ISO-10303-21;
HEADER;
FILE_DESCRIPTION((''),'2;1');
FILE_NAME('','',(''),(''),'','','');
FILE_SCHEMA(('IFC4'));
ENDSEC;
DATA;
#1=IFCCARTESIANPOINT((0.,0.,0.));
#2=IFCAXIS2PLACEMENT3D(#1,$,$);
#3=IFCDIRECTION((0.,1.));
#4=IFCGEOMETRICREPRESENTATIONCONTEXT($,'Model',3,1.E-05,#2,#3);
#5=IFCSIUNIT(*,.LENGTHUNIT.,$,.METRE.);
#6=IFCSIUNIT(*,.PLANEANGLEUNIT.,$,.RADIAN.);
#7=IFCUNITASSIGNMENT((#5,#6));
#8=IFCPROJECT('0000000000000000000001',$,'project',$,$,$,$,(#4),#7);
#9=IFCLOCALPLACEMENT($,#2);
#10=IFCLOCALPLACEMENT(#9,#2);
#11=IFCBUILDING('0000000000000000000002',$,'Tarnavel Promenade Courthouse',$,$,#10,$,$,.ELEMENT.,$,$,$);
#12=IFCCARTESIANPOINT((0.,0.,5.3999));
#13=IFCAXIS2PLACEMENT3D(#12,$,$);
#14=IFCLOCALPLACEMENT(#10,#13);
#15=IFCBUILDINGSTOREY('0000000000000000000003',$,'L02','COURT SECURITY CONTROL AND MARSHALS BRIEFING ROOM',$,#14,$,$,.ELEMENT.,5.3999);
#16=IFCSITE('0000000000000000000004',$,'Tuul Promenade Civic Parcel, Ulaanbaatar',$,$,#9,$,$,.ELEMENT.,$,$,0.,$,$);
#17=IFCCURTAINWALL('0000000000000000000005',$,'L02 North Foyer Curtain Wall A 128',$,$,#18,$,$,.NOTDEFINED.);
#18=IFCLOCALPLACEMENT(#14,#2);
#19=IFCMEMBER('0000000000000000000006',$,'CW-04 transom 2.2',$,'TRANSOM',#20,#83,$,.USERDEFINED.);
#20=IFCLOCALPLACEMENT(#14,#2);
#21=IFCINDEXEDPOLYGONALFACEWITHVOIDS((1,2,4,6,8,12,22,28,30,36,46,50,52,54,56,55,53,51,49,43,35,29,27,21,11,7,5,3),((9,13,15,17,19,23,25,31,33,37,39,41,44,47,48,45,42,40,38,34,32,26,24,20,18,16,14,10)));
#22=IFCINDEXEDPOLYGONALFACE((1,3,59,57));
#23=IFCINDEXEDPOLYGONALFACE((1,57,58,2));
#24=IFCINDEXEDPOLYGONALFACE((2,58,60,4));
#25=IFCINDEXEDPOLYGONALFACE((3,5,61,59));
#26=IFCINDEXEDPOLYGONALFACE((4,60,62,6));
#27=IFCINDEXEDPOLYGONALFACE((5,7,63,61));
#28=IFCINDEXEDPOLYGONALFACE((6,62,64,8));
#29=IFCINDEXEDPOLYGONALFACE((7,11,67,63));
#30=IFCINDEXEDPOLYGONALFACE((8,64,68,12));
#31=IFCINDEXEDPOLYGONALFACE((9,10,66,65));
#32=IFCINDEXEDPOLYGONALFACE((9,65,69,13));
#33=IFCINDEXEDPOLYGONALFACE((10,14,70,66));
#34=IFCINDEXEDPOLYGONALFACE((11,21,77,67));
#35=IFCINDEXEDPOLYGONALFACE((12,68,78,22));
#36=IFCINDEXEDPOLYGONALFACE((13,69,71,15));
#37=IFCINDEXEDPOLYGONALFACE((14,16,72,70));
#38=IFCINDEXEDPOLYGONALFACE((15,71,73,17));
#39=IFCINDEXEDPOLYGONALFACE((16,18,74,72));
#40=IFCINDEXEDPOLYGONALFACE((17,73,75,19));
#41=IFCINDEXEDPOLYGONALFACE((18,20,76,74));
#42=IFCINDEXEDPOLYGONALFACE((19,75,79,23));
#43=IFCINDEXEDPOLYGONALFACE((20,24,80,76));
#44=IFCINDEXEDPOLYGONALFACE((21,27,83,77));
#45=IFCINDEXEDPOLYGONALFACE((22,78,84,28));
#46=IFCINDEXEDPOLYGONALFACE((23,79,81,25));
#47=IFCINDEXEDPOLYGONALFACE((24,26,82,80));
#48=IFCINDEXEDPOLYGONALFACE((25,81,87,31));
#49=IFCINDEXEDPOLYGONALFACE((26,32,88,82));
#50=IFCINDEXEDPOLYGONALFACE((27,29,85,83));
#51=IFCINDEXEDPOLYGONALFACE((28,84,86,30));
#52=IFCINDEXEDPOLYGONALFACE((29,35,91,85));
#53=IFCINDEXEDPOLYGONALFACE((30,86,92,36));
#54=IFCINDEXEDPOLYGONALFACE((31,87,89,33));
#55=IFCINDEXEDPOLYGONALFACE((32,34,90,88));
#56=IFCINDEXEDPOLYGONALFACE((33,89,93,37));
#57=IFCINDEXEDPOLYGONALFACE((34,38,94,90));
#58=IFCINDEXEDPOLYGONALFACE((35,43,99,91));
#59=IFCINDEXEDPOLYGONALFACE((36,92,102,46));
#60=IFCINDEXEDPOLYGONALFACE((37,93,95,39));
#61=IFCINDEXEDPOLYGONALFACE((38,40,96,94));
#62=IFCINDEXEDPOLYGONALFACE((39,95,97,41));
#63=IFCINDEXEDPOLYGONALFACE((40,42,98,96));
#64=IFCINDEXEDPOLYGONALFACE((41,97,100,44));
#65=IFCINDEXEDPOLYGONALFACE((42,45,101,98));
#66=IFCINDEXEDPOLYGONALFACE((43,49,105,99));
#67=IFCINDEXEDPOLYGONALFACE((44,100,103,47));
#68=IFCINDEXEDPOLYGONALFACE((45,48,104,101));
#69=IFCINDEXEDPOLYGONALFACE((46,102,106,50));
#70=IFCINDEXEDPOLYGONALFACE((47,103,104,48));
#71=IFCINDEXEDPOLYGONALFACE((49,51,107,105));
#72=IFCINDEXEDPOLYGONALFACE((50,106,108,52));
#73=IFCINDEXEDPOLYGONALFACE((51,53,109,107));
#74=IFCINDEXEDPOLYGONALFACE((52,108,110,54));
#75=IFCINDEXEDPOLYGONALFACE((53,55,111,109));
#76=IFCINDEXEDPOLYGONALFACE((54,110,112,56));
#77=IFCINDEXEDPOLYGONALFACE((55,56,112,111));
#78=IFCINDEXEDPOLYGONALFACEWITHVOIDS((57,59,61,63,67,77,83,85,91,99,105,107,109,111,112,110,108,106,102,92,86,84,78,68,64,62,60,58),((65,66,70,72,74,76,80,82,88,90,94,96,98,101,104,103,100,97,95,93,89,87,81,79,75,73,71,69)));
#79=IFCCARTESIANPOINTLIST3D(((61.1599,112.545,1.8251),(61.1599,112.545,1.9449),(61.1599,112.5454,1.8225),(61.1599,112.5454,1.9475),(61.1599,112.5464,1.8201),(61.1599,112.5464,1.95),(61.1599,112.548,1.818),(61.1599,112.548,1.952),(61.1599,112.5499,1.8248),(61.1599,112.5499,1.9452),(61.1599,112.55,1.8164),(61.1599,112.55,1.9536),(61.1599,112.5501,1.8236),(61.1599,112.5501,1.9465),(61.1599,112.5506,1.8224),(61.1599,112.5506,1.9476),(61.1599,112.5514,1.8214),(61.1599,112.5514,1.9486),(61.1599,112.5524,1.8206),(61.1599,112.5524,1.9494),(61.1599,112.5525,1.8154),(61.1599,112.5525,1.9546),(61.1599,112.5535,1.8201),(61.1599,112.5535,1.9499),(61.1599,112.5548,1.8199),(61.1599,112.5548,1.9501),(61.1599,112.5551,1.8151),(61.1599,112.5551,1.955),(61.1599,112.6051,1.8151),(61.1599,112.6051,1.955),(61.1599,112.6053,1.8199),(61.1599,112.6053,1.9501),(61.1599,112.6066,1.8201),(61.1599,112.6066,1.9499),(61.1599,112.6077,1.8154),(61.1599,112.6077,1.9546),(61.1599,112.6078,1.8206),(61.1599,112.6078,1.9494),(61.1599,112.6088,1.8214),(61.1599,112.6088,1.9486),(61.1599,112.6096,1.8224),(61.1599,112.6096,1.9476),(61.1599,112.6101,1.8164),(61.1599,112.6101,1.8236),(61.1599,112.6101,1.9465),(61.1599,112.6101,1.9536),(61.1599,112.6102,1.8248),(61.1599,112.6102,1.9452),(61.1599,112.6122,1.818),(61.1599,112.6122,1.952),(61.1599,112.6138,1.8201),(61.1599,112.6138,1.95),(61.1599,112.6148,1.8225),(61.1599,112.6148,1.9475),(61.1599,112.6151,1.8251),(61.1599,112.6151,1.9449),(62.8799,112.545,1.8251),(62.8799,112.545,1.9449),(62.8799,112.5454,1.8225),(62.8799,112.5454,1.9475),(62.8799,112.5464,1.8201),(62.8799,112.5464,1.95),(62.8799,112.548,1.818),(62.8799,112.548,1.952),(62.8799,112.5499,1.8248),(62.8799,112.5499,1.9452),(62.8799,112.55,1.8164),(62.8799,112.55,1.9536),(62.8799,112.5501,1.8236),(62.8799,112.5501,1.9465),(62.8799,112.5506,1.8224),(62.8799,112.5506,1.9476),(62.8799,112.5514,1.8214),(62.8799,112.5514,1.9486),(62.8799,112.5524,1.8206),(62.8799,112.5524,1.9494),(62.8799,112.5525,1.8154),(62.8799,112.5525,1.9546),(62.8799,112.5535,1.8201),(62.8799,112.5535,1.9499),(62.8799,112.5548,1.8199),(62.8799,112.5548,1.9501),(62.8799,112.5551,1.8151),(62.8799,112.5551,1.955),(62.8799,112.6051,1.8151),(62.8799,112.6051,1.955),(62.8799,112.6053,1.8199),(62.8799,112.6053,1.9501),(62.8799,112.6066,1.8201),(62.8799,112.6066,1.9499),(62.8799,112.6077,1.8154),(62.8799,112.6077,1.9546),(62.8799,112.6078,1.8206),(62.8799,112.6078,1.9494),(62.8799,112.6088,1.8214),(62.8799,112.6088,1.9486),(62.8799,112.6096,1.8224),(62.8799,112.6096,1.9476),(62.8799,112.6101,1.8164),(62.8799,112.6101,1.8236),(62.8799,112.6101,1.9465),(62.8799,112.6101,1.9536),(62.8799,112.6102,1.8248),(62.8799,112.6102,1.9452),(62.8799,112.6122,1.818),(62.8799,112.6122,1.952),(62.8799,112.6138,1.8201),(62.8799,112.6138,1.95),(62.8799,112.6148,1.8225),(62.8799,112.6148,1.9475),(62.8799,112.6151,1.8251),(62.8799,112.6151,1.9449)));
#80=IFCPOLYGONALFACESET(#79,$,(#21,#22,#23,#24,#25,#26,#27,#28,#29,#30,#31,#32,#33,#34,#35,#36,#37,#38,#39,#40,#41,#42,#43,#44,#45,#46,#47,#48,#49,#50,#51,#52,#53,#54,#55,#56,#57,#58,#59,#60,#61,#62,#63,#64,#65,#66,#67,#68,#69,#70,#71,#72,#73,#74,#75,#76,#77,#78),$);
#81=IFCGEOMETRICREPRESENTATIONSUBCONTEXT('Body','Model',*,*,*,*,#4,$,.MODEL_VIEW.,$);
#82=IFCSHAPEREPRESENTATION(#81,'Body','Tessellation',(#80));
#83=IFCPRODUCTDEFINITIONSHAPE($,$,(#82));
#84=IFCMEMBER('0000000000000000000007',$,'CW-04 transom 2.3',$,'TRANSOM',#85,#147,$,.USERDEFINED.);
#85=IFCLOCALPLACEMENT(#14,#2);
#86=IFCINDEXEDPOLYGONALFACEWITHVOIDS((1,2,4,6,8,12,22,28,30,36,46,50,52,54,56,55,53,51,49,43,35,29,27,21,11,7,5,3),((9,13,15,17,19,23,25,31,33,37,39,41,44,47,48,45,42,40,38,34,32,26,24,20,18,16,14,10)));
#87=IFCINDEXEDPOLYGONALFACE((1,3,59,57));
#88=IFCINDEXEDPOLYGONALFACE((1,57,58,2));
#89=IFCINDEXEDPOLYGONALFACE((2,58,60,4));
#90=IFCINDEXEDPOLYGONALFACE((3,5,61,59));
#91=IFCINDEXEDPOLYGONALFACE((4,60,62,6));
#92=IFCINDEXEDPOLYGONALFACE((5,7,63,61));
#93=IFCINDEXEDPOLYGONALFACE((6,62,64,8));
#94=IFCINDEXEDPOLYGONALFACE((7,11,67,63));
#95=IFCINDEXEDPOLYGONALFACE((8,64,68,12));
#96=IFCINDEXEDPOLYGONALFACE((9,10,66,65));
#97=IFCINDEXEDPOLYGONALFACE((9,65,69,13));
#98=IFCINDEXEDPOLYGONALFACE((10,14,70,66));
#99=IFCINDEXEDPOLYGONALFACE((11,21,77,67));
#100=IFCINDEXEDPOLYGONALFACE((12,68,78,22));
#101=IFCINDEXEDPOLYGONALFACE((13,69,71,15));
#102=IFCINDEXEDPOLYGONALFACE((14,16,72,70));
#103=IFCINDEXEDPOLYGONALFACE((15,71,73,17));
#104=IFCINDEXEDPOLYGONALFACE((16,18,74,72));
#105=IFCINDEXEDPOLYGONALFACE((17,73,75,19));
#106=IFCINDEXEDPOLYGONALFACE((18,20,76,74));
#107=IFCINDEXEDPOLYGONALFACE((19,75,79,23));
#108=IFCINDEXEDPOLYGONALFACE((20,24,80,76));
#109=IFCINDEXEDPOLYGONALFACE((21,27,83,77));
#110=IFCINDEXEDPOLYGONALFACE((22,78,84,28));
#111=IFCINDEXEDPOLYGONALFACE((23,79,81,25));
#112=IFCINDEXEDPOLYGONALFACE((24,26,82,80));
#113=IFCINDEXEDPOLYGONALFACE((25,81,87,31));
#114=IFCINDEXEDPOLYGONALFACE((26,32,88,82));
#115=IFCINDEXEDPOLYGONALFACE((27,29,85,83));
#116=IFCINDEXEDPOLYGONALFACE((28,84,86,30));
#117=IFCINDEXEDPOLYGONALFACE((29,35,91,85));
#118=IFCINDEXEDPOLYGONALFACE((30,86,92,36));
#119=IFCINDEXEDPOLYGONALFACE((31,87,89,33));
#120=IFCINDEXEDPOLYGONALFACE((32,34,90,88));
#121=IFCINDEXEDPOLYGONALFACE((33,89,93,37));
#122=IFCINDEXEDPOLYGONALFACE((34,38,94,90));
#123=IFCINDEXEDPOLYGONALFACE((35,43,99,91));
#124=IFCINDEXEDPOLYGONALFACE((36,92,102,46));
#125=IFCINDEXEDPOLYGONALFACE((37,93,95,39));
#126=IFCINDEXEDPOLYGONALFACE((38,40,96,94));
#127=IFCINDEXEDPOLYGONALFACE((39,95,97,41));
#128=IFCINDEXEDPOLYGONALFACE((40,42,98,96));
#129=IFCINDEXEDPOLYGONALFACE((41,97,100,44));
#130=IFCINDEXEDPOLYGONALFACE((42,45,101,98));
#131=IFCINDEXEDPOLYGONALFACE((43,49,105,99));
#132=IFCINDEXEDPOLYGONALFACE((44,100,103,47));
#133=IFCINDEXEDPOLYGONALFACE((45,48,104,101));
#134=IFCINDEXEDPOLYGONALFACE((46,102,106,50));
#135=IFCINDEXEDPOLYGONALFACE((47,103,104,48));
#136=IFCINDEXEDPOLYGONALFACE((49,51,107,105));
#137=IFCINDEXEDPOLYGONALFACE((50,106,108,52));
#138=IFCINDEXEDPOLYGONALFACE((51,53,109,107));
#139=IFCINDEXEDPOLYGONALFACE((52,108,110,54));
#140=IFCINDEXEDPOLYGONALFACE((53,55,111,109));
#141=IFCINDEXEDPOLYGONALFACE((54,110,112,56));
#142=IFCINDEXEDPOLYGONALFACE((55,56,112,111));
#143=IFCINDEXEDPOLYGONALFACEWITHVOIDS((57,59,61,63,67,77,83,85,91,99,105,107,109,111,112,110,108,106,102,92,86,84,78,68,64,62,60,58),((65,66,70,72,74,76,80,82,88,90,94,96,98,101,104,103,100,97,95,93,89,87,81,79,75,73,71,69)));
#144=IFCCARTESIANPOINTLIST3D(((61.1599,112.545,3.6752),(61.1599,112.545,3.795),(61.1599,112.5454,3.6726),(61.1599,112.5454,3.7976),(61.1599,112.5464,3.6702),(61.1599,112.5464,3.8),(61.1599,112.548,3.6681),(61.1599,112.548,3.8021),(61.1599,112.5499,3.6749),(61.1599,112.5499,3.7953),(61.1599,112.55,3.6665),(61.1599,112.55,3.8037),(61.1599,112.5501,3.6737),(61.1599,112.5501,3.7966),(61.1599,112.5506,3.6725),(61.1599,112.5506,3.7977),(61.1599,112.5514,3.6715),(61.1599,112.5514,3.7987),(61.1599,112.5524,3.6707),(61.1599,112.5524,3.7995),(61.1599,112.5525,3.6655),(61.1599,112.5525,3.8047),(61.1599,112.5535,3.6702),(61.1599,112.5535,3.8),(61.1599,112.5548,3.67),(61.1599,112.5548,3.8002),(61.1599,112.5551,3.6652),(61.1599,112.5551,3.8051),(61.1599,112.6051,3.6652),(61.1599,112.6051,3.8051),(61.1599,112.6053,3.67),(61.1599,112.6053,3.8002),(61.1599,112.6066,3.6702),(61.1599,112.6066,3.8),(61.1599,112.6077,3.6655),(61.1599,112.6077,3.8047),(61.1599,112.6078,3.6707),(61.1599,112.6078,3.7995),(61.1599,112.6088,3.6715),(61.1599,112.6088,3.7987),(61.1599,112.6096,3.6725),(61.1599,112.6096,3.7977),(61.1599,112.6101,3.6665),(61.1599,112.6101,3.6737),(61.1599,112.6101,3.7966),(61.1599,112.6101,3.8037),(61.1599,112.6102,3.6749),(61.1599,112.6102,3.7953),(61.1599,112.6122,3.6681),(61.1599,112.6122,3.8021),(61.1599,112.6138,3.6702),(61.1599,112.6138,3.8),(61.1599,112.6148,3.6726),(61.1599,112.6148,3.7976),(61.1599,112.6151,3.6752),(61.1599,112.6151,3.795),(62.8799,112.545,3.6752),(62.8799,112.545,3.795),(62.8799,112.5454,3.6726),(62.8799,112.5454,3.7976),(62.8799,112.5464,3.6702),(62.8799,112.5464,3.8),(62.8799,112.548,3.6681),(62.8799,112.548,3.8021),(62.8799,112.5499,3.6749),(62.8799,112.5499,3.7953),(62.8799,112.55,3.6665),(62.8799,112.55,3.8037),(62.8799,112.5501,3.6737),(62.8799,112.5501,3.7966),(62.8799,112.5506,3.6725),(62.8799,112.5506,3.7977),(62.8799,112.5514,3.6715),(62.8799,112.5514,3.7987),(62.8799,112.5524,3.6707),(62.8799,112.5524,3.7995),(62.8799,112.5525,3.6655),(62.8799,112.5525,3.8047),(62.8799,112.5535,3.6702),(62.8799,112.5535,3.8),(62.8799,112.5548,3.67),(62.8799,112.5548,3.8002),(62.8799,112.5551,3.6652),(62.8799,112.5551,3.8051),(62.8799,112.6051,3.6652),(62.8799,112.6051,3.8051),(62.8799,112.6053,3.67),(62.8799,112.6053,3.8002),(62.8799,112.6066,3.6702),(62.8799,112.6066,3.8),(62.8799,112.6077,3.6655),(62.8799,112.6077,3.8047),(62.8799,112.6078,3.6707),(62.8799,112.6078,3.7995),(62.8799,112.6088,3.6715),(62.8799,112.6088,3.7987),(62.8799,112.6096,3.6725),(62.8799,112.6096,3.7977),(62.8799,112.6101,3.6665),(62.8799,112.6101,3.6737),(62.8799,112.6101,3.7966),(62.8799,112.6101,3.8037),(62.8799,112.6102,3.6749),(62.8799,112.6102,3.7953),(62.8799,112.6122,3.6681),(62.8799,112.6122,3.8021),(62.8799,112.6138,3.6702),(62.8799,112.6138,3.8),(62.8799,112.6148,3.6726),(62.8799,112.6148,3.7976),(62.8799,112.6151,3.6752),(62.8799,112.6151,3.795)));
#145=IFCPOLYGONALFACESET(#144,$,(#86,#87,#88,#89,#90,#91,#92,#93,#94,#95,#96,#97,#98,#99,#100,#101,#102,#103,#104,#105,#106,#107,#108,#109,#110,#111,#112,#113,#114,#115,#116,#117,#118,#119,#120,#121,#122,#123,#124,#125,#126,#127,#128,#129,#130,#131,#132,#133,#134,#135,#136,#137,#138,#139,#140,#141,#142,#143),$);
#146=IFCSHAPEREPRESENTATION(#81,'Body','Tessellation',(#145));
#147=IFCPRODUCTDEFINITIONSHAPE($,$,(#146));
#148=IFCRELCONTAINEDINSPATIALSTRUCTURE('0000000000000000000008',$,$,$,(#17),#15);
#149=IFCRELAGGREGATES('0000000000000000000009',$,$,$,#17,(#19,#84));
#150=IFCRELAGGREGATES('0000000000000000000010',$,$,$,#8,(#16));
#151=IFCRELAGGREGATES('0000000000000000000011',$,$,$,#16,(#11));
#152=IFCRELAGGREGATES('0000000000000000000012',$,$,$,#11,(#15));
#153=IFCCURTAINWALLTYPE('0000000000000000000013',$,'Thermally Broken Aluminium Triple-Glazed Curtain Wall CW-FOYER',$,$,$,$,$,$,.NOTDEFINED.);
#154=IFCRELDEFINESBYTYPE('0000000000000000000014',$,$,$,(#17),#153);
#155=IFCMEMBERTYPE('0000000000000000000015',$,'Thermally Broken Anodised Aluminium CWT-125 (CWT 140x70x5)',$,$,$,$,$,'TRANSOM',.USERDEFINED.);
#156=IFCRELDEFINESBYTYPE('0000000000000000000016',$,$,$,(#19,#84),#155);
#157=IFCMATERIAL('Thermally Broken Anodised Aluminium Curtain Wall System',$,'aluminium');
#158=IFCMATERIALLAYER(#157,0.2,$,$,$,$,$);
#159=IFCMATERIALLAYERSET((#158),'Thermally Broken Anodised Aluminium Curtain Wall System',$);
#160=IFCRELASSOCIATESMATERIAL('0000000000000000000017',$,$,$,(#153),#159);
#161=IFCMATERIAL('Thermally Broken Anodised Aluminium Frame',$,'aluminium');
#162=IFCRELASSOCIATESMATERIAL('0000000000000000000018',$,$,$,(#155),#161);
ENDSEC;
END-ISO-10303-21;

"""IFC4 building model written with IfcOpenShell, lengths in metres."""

from ifc_helpers import new_model, si_unit, direction, frame, origin, origin_2d, place, context, subcontext, project, spatial, hollow_rectangle, extrude, material, layer, layer_set, material_profile, profile_set, type_object, element, aggregate, save


model = new_model("IFC4")

# Units and contexts
model_context = context("Model", 3, precision=1e-05, world=origin(), true_north=direction((0.0, 1.0)))
body_context = subcontext(model_context, "Body", "Model", "MODEL_VIEW")
ifc_project = project(units=[si_unit("LENGTHUNIT", "METRE"), si_unit("PLANEANGLEUNIT", "RADIAN")], contexts=[model_context])

# Site, building, storey
site_placement = place(None, origin())
site = spatial("IfcSite", under=ifc_project, at=site_placement, Name="Tuul Promenade Civic Parcel, Ulaanbaatar", CompositionType="ELEMENT", RefElevation=0.0)
building_placement = place(site_placement, origin())
building = spatial("IfcBuilding", under=site, at=building_placement, Name="Tarnavel Promenade Courthouse", CompositionType="ELEMENT")
storey_placement = place(building_placement, frame((0.0, 0.0, 5.3999)))
storey = spatial("IfcBuildingStorey", under=building, at=storey_placement, Name="L02", Description="COURT SECURITY CONTROL AND MARSHALS BRIEFING ROOM", CompositionType="ELEMENT", Elevation=5.3999)

# Curtain wall
ifc_material_1 = material(Name="Thermally Broken Anodised Aluminium Curtain Wall System", Category="aluminium")
ifc_layer_1 = layer(ifc_material_1, 0.2)
ifc_layer_set_1 = layer_set([ifc_layer_1], Name="Thermally Broken Anodised Aluminium Curtain Wall System")
curtain_wall_type = type_object("IfcCurtainWallType", Name="Thermally Broken Aluminium Triple-Glazed Curtain Wall CW-FOYER", PredefinedType="NOTDEFINED", material=ifc_layer_set_1)
curtain_wall_1_placement = place(storey_placement, origin())
curtain_wall_1 = element("IfcCurtainWall", 1, at=curtain_wall_1_placement, inside=storey, type_object=curtain_wall_type, Name="L02 North Foyer Curtain Wall A 128", PredefinedType="NOTDEFINED")
ifc_material_2 = material(Name="Thermally Broken Anodised Aluminium Frame", Category="aluminium")

# Members
ifc_material_profile_1 = material_profile(ifc_material_2, hollow_rectangle(XDim=0.0701, YDim=0.1399, WallThickness=0.0049, InnerFilletRadius=0.0049, OuterFilletRadius=0.01, at=origin_2d()), Name="CWT 140x70x5")
ifc_profile_set_1 = profile_set([ifc_material_profile_1], Name="Thermally Broken Anodised Aluminium Frame")
member_type_1 = type_object("IfcMemberType", Name="Thermally Broken Anodised Aluminium CWT-125 (CWT 140x70x5)", ElementType="TRANSOM", PredefinedType="USERDEFINED", material=ifc_profile_set_1)
member_1_placement = place(storey_placement, frame((61.1599, 112.5801, 1.885), z_axis=(1.0, 0.0, 0.0), x_axis=(0.0, 1.0, 0.0)))
member_1 = element("IfcMember", 2, at=member_1_placement, type_object=member_type_1, Name="CW-04 transom 2.2", ObjectType="TRANSOM", PredefinedType="USERDEFINED", context=body_context, shape_type="SweptSolid", body=[
    extrude(hollow_rectangle(XDim=0.0701, YDim=0.1399, WallThickness=0.0049, InnerFilletRadius=0.0049, OuterFilletRadius=0.01, at=origin_2d()), origin(), (0.0, 0.0, 1.0), 1.72),
])
member_2_placement = place(storey_placement, frame((61.1599, 112.5801, 3.7351), z_axis=(1.0, 0.0, 0.0), x_axis=(0.0, 1.0, 0.0)))
member_2 = element("IfcMember", 3, at=member_2_placement, type_object=member_type_1, Name="CW-04 transom 2.3", ObjectType="TRANSOM", PredefinedType="USERDEFINED", context=body_context, shape_type="SweptSolid", body=[
    extrude(hollow_rectangle(XDim=0.0701, YDim=0.1399, WallThickness=0.0049, InnerFilletRadius=0.0049, OuterFilletRadius=0.01, at=origin_2d()), origin(), (0.0, 0.0, 1.0), 1.72),
])

aggregate(curtain_wall_1, [member_1, member_2])

save(model, "model.ifc")
